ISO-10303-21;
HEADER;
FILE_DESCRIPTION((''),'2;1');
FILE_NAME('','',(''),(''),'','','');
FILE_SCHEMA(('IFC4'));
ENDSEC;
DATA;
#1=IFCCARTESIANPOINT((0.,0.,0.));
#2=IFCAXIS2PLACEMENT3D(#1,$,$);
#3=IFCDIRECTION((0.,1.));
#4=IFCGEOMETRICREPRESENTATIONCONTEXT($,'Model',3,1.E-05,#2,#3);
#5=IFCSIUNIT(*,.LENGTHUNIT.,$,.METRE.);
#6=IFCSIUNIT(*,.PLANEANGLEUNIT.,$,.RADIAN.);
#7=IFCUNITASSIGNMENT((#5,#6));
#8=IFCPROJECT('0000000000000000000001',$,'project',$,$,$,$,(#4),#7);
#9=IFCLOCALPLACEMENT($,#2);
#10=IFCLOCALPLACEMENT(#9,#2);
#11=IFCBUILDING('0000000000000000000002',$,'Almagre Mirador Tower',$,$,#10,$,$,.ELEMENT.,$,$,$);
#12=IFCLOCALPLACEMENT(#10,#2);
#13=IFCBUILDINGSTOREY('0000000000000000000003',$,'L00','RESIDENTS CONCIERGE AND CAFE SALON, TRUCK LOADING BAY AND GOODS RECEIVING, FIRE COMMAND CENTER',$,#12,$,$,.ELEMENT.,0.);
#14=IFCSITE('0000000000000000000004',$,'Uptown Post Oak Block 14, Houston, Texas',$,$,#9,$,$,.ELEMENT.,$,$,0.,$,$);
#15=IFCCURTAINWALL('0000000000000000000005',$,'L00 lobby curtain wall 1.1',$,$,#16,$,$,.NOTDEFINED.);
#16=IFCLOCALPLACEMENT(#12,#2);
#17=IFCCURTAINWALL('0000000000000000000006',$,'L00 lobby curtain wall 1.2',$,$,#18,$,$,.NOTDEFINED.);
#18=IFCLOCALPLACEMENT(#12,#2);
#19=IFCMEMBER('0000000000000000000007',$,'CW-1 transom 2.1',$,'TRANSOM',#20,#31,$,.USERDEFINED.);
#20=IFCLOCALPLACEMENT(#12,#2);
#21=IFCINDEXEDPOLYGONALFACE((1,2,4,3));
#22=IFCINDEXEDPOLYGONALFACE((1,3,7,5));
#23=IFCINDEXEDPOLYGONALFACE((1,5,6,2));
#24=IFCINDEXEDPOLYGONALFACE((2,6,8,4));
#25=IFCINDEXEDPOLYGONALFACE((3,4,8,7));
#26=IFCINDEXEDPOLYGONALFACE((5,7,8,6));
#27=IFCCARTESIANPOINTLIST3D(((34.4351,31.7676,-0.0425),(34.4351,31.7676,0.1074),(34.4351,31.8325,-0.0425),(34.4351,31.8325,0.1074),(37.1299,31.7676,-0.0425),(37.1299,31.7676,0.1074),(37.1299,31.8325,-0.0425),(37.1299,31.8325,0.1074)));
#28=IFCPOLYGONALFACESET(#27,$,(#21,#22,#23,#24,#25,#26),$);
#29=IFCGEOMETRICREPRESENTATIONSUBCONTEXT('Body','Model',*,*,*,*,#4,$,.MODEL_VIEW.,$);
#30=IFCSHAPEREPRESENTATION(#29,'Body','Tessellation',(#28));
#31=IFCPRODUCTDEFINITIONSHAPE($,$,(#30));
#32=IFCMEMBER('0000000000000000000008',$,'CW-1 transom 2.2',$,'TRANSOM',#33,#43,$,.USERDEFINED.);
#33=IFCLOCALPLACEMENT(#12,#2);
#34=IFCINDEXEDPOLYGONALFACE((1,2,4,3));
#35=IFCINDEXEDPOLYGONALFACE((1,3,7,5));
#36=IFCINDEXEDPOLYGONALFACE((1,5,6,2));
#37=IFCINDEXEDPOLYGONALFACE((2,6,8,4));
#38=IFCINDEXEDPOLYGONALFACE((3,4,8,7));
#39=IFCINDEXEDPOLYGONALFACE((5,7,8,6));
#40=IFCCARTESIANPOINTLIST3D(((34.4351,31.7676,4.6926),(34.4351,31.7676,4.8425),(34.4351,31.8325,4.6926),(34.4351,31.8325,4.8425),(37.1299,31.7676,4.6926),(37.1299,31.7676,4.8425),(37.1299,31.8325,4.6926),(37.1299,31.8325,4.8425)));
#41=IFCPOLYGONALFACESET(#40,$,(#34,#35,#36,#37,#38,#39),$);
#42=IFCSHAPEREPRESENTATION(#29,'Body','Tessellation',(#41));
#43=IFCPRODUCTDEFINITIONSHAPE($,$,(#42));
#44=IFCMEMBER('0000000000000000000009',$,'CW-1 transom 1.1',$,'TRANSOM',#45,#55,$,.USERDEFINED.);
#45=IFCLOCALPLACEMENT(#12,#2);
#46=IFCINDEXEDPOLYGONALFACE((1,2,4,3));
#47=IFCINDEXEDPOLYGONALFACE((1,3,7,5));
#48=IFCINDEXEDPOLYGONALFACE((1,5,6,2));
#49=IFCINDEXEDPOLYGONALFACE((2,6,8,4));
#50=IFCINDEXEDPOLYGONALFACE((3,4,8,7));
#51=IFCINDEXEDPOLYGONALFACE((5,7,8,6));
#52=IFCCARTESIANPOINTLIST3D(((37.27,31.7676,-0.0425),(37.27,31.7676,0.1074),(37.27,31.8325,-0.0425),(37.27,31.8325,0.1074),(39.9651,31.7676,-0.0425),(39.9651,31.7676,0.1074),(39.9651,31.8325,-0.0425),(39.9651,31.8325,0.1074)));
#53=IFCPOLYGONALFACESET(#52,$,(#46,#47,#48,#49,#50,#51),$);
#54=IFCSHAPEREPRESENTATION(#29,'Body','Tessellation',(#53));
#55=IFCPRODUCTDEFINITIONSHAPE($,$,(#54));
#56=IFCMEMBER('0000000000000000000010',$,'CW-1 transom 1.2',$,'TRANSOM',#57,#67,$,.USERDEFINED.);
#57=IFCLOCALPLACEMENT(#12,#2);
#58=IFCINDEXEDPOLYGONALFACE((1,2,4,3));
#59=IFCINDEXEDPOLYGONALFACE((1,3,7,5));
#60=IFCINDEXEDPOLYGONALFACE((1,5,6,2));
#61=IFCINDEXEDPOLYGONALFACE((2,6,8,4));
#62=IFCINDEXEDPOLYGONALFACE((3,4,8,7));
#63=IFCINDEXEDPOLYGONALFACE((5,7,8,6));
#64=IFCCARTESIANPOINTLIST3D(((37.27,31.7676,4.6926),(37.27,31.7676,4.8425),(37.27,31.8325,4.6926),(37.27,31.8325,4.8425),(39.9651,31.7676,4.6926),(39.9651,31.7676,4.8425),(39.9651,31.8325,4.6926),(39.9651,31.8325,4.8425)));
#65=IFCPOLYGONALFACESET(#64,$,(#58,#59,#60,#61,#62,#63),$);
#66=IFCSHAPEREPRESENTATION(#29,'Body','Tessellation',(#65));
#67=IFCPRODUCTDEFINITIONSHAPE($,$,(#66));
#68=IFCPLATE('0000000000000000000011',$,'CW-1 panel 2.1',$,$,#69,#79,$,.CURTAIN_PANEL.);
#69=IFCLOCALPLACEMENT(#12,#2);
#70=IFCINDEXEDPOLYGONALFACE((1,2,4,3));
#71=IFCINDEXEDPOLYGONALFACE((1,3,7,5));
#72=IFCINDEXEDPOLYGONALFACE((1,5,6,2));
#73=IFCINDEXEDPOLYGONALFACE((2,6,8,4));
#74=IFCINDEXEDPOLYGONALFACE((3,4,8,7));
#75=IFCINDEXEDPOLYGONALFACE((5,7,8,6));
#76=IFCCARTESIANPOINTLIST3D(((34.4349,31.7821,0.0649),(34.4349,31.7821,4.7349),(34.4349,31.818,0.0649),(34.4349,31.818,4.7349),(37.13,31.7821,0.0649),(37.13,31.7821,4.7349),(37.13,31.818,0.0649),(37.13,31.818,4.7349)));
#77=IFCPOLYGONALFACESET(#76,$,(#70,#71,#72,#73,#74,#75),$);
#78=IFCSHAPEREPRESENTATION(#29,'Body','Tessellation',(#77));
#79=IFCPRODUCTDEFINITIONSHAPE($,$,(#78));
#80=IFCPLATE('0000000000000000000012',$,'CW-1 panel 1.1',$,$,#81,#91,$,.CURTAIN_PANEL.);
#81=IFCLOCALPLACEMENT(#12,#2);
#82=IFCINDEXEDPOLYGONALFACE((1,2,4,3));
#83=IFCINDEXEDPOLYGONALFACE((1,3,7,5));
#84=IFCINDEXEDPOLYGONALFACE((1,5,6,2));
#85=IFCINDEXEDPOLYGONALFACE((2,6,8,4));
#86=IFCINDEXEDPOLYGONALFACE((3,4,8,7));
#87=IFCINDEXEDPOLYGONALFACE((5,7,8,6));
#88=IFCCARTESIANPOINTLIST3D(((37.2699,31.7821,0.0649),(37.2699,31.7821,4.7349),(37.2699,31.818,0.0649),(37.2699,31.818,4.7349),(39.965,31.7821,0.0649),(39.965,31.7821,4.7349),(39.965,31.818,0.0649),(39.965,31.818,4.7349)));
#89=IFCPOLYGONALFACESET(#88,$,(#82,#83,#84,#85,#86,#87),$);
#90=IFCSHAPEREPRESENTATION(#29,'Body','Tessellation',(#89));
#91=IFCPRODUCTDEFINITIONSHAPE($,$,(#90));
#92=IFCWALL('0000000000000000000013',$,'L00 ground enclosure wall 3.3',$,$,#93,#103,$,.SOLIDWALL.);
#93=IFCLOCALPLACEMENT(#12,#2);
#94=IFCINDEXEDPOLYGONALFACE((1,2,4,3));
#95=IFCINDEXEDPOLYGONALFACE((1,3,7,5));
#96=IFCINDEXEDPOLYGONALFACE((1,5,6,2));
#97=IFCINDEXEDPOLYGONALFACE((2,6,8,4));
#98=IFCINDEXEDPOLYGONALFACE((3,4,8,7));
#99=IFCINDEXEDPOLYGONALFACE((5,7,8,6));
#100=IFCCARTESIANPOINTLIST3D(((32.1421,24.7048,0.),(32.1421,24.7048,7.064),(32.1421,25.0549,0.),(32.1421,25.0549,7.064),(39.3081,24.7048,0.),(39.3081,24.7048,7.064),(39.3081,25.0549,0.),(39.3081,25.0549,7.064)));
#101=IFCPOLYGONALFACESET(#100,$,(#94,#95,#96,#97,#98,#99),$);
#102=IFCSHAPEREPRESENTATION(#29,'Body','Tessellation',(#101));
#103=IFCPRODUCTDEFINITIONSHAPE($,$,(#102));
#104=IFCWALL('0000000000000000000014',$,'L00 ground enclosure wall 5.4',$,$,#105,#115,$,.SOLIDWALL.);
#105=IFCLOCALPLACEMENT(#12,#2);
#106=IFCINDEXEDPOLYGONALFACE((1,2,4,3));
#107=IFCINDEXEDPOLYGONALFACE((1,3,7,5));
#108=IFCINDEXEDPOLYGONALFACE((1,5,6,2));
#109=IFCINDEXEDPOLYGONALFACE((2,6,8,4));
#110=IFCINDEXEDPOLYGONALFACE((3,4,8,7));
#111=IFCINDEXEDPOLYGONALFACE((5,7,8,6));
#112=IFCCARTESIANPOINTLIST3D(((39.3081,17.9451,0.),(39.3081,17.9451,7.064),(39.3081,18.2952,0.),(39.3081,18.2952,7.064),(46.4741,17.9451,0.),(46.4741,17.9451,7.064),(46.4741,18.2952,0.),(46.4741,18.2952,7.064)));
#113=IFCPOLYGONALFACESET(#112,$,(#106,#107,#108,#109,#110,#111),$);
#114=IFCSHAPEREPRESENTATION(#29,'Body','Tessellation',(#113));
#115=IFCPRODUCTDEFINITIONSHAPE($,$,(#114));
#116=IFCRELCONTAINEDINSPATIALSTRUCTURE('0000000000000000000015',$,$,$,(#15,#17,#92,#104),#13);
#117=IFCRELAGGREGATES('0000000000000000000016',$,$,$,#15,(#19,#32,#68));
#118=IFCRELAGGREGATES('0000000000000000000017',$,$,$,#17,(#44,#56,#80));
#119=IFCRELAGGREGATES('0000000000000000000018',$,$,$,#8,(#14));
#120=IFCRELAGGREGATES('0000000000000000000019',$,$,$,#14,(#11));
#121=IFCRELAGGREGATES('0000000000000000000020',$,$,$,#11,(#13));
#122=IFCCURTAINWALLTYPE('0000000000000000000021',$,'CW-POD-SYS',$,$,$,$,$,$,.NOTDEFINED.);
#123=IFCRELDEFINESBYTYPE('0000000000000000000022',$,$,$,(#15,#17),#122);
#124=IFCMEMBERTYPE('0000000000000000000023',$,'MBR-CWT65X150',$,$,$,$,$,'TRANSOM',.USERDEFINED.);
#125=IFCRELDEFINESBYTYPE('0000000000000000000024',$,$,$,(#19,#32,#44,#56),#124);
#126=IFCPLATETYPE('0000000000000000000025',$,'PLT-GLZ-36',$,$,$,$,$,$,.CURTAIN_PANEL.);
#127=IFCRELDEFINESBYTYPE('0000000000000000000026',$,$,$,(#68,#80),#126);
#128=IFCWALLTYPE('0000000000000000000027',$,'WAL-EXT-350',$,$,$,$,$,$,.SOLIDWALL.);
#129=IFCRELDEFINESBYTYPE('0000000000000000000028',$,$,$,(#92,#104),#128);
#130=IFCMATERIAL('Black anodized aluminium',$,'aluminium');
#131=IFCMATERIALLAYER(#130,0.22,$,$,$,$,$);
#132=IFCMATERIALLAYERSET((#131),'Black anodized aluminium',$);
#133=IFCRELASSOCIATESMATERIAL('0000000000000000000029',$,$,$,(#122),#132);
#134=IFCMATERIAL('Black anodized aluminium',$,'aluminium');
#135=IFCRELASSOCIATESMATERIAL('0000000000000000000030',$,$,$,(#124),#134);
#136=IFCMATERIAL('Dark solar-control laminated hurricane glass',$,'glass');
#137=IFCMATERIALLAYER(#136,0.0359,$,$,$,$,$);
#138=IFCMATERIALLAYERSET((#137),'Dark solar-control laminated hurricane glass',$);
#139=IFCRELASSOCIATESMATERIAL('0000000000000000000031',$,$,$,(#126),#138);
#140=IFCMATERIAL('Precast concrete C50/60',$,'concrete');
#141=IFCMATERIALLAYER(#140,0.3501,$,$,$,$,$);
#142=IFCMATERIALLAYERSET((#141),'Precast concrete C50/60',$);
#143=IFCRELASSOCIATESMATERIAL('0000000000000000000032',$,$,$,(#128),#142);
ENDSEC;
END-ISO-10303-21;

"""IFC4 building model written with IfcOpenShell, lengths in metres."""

from ifc_helpers import new_model, si_unit, direction, frame, frame_2d, origin, origin_2d, place, context, subcontext, project, spatial, rectangle, extrude, material, layer, layer_set, material_profile, profile_set, type_object, element, aggregate, save


model = new_model("IFC4")

# Units and contexts
model_context = context("Model", 3, precision=1e-05, world=origin(), true_north=direction((0.0, 1.0)))
body_context = subcontext(model_context, "Body", "Model", "MODEL_VIEW")
ifc_project = project(units=[si_unit("LENGTHUNIT", "METRE"), si_unit("PLANEANGLEUNIT", "RADIAN")], contexts=[model_context])

# Site, building, storey
site_placement = place(None, origin())
site = spatial("IfcSite", under=ifc_project, at=site_placement, Name="Uptown Post Oak Block 14, Houston, Texas", CompositionType="ELEMENT", RefElevation=0.0)
building_placement = place(site_placement, origin())
building = spatial("IfcBuilding", under=site, at=building_placement, Name="Almagre Mirador Tower", CompositionType="ELEMENT")
storey_placement = place(building_placement, origin())
storey = spatial("IfcBuildingStorey", under=building, at=storey_placement, Name="L00", Description="RESIDENTS CONCIERGE AND CAFE SALON, TRUCK LOADING BAY AND GOODS RECEIVING, FIRE COMMAND CENTER", CompositionType="ELEMENT", Elevation=0.0)

# Curtain wall
ifc_material_1 = material(Name="Black anodized aluminium", Category="aluminium")
ifc_layer_1 = layer(ifc_material_1, 0.22)
ifc_layer_set_1 = layer_set([ifc_layer_1], Name="Black anodized aluminium")
curtain_wall_type = type_object("IfcCurtainWallType", Name="CW-POD-SYS", PredefinedType="NOTDEFINED", material=ifc_layer_set_1)
curtain_wall_1_placement = place(storey_placement, origin())
curtain_wall_1 = element("IfcCurtainWall", 1, at=curtain_wall_1_placement, inside=storey, type_object=curtain_wall_type, Name="L00 lobby curtain wall 1.1", PredefinedType="NOTDEFINED")

# Curtain wall
curtain_wall_2_placement = place(storey_placement, origin())
curtain_wall_2 = element("IfcCurtainWall", 2, at=curtain_wall_2_placement, inside=storey, type_object=curtain_wall_type, Name="L00 lobby curtain wall 1.2", PredefinedType="NOTDEFINED")

# Members
ifc_material_2 = material(Name="Black anodized aluminium", Category="aluminium")
ifc_material_profile_1 = material_profile(ifc_material_2, rectangle(XDim=0.0649, YDim=0.1499, at=origin_2d()), Name="CWT65X150")
ifc_profile_set_1 = profile_set([ifc_material_profile_1], Name="Black anodized aluminium")
member_type_1 = type_object("IfcMemberType", Name="MBR-CWT65X150", ElementType="TRANSOM", PredefinedType="USERDEFINED", material=ifc_profile_set_1)
member_1_placement = place(storey_placement, frame((34.4351, 31.8, 0.0325), z_axis=(1.0, 0.0, 0.0), x_axis=(0.0, 1.0, 0.0)))
member_1 = element("IfcMember", 3, at=member_1_placement, type_object=member_type_1, Name="CW-1 transom 2.1", ObjectType="TRANSOM", PredefinedType="USERDEFINED", context=body_context, shape_type="SweptSolid", body=[
    extrude(rectangle(XDim=0.0649, YDim=0.1499, at=origin_2d()), origin(), (0.0, 0.0, 1.0), 2.6948),
])
member_2_placement = place(storey_placement, frame((34.4351, 31.8, 4.7676), z_axis=(1.0, 0.0, 0.0), x_axis=(0.0, 1.0, 0.0)))
member_2 = element("IfcMember", 4, at=member_2_placement, type_object=member_type_1, Name="CW-1 transom 2.2", ObjectType="TRANSOM", PredefinedType="USERDEFINED", context=body_context, shape_type="SweptSolid", body=[
    extrude(rectangle(XDim=0.0649, YDim=0.1499, at=origin_2d()), origin(), (0.0, 0.0, 1.0), 2.6948),
])
member_3_placement = place(storey_placement, frame((37.27, 31.8, 0.0325), z_axis=(1.0, 0.0, 0.0), x_axis=(0.0, 1.0, 0.0)))
member_3 = element("IfcMember", 5, at=member_3_placement, type_object=member_type_1, Name="CW-1 transom 1.1", ObjectType="TRANSOM", PredefinedType="USERDEFINED", context=body_context, shape_type="SweptSolid", body=[
    extrude(rectangle(XDim=0.0649, YDim=0.1499, at=origin_2d()), origin(), (0.0, 0.0, 1.0), 2.6951),
])
member_4_placement = place(storey_placement, frame((37.27, 31.8, 4.7676), z_axis=(1.0, 0.0, 0.0), x_axis=(0.0, 1.0, 0.0)))
member_4 = element("IfcMember", 6, at=member_4_placement, type_object=member_type_1, Name="CW-1 transom 1.2", ObjectType="TRANSOM", PredefinedType="USERDEFINED", context=body_context, shape_type="SweptSolid", body=[
    extrude(rectangle(XDim=0.0649, YDim=0.1499, at=origin_2d()), origin(), (0.0, 0.0, 1.0), 2.6951),
])

# Plates
ifc_material_3 = material(Name="Dark solar-control laminated hurricane glass", Category="glass")
ifc_layer_2 = layer(ifc_material_3, 0.0359)
ifc_layer_set_2 = layer_set([ifc_layer_2], Name="Dark solar-control laminated hurricane glass")
plate_type = type_object("IfcPlateType", Name="PLT-GLZ-36", PredefinedType="CURTAIN_PANEL", material=ifc_layer_set_2)
plate_1_placement = place(storey_placement, frame((35.7825, 31.8, 0.0649), z_axis=(0.0, 0.0, 1.0), x_axis=(1.0, 0.0, 0.0)))
plate_1 = element("IfcPlate", 7, at=plate_1_placement, type_object=plate_type, Name="CW-1 panel 2.1", PredefinedType="CURTAIN_PANEL", context=body_context, shape_type="SweptSolid", body=[
    extrude(rectangle(XDim=2.6951, YDim=0.0359, at=origin_2d()), origin(), (0.0, 0.0, 1.0), 4.6699),
])
aggregate(curtain_wall_1, [member_1, member_2, plate_1])
plate_2_placement = place(storey_placement, frame((38.6174, 31.8, 0.0649), z_axis=(0.0, 0.0, 1.0), x_axis=(1.0, 0.0, 0.0)))
plate_2 = element("IfcPlate", 8, at=plate_2_placement, type_object=plate_type, Name="CW-1 panel 1.1", PredefinedType="CURTAIN_PANEL", context=body_context, shape_type="SweptSolid", body=[
    extrude(rectangle(XDim=2.6951, YDim=0.0359, at=origin_2d()), origin(), (0.0, 0.0, 1.0), 4.6699),
])
aggregate(curtain_wall_2, [member_3, member_4, plate_2])

# Walls
ifc_material_4 = material(Name="Precast concrete C50/60", Category="concrete")
ifc_layer_3 = layer(ifc_material_4, 0.3501)
ifc_layer_set_3 = layer_set([ifc_layer_3], Name="Precast concrete C50/60")
wall_type_1 = type_object("IfcWallType", Name="WAL-EXT-350", PredefinedType="SOLIDWALL", material=ifc_layer_set_3)
for number, where, z_axis, x_axis, name in (
    (9, (39.3081, 24.8799, 0.0), (0.0, 0.0, 1.0), (-1.0, 0.0, 0.0), "L00 ground enclosure wall 3.3"),
    (10, (39.3081, 18.1201, 0.0), (0.0, 0.0, 1.0), (1.0, 0.0, 0.0), "L00 ground enclosure wall 5.4"),
):
    element("IfcWall", number, at=place(storey_placement, frame(where, z_axis=z_axis, x_axis=x_axis)), inside=storey, type_object=wall_type_1, Name=name, PredefinedType="SOLIDWALL", context=body_context, shape_type="SweptSolid", body=[
        extrude(rectangle(XDim=7.166, YDim=0.3501, at=frame_2d((3.583, 0.0))), origin(), (0.0, 0.0, 1.0), 7.064),
    ])

save(model, "model.ifc")
